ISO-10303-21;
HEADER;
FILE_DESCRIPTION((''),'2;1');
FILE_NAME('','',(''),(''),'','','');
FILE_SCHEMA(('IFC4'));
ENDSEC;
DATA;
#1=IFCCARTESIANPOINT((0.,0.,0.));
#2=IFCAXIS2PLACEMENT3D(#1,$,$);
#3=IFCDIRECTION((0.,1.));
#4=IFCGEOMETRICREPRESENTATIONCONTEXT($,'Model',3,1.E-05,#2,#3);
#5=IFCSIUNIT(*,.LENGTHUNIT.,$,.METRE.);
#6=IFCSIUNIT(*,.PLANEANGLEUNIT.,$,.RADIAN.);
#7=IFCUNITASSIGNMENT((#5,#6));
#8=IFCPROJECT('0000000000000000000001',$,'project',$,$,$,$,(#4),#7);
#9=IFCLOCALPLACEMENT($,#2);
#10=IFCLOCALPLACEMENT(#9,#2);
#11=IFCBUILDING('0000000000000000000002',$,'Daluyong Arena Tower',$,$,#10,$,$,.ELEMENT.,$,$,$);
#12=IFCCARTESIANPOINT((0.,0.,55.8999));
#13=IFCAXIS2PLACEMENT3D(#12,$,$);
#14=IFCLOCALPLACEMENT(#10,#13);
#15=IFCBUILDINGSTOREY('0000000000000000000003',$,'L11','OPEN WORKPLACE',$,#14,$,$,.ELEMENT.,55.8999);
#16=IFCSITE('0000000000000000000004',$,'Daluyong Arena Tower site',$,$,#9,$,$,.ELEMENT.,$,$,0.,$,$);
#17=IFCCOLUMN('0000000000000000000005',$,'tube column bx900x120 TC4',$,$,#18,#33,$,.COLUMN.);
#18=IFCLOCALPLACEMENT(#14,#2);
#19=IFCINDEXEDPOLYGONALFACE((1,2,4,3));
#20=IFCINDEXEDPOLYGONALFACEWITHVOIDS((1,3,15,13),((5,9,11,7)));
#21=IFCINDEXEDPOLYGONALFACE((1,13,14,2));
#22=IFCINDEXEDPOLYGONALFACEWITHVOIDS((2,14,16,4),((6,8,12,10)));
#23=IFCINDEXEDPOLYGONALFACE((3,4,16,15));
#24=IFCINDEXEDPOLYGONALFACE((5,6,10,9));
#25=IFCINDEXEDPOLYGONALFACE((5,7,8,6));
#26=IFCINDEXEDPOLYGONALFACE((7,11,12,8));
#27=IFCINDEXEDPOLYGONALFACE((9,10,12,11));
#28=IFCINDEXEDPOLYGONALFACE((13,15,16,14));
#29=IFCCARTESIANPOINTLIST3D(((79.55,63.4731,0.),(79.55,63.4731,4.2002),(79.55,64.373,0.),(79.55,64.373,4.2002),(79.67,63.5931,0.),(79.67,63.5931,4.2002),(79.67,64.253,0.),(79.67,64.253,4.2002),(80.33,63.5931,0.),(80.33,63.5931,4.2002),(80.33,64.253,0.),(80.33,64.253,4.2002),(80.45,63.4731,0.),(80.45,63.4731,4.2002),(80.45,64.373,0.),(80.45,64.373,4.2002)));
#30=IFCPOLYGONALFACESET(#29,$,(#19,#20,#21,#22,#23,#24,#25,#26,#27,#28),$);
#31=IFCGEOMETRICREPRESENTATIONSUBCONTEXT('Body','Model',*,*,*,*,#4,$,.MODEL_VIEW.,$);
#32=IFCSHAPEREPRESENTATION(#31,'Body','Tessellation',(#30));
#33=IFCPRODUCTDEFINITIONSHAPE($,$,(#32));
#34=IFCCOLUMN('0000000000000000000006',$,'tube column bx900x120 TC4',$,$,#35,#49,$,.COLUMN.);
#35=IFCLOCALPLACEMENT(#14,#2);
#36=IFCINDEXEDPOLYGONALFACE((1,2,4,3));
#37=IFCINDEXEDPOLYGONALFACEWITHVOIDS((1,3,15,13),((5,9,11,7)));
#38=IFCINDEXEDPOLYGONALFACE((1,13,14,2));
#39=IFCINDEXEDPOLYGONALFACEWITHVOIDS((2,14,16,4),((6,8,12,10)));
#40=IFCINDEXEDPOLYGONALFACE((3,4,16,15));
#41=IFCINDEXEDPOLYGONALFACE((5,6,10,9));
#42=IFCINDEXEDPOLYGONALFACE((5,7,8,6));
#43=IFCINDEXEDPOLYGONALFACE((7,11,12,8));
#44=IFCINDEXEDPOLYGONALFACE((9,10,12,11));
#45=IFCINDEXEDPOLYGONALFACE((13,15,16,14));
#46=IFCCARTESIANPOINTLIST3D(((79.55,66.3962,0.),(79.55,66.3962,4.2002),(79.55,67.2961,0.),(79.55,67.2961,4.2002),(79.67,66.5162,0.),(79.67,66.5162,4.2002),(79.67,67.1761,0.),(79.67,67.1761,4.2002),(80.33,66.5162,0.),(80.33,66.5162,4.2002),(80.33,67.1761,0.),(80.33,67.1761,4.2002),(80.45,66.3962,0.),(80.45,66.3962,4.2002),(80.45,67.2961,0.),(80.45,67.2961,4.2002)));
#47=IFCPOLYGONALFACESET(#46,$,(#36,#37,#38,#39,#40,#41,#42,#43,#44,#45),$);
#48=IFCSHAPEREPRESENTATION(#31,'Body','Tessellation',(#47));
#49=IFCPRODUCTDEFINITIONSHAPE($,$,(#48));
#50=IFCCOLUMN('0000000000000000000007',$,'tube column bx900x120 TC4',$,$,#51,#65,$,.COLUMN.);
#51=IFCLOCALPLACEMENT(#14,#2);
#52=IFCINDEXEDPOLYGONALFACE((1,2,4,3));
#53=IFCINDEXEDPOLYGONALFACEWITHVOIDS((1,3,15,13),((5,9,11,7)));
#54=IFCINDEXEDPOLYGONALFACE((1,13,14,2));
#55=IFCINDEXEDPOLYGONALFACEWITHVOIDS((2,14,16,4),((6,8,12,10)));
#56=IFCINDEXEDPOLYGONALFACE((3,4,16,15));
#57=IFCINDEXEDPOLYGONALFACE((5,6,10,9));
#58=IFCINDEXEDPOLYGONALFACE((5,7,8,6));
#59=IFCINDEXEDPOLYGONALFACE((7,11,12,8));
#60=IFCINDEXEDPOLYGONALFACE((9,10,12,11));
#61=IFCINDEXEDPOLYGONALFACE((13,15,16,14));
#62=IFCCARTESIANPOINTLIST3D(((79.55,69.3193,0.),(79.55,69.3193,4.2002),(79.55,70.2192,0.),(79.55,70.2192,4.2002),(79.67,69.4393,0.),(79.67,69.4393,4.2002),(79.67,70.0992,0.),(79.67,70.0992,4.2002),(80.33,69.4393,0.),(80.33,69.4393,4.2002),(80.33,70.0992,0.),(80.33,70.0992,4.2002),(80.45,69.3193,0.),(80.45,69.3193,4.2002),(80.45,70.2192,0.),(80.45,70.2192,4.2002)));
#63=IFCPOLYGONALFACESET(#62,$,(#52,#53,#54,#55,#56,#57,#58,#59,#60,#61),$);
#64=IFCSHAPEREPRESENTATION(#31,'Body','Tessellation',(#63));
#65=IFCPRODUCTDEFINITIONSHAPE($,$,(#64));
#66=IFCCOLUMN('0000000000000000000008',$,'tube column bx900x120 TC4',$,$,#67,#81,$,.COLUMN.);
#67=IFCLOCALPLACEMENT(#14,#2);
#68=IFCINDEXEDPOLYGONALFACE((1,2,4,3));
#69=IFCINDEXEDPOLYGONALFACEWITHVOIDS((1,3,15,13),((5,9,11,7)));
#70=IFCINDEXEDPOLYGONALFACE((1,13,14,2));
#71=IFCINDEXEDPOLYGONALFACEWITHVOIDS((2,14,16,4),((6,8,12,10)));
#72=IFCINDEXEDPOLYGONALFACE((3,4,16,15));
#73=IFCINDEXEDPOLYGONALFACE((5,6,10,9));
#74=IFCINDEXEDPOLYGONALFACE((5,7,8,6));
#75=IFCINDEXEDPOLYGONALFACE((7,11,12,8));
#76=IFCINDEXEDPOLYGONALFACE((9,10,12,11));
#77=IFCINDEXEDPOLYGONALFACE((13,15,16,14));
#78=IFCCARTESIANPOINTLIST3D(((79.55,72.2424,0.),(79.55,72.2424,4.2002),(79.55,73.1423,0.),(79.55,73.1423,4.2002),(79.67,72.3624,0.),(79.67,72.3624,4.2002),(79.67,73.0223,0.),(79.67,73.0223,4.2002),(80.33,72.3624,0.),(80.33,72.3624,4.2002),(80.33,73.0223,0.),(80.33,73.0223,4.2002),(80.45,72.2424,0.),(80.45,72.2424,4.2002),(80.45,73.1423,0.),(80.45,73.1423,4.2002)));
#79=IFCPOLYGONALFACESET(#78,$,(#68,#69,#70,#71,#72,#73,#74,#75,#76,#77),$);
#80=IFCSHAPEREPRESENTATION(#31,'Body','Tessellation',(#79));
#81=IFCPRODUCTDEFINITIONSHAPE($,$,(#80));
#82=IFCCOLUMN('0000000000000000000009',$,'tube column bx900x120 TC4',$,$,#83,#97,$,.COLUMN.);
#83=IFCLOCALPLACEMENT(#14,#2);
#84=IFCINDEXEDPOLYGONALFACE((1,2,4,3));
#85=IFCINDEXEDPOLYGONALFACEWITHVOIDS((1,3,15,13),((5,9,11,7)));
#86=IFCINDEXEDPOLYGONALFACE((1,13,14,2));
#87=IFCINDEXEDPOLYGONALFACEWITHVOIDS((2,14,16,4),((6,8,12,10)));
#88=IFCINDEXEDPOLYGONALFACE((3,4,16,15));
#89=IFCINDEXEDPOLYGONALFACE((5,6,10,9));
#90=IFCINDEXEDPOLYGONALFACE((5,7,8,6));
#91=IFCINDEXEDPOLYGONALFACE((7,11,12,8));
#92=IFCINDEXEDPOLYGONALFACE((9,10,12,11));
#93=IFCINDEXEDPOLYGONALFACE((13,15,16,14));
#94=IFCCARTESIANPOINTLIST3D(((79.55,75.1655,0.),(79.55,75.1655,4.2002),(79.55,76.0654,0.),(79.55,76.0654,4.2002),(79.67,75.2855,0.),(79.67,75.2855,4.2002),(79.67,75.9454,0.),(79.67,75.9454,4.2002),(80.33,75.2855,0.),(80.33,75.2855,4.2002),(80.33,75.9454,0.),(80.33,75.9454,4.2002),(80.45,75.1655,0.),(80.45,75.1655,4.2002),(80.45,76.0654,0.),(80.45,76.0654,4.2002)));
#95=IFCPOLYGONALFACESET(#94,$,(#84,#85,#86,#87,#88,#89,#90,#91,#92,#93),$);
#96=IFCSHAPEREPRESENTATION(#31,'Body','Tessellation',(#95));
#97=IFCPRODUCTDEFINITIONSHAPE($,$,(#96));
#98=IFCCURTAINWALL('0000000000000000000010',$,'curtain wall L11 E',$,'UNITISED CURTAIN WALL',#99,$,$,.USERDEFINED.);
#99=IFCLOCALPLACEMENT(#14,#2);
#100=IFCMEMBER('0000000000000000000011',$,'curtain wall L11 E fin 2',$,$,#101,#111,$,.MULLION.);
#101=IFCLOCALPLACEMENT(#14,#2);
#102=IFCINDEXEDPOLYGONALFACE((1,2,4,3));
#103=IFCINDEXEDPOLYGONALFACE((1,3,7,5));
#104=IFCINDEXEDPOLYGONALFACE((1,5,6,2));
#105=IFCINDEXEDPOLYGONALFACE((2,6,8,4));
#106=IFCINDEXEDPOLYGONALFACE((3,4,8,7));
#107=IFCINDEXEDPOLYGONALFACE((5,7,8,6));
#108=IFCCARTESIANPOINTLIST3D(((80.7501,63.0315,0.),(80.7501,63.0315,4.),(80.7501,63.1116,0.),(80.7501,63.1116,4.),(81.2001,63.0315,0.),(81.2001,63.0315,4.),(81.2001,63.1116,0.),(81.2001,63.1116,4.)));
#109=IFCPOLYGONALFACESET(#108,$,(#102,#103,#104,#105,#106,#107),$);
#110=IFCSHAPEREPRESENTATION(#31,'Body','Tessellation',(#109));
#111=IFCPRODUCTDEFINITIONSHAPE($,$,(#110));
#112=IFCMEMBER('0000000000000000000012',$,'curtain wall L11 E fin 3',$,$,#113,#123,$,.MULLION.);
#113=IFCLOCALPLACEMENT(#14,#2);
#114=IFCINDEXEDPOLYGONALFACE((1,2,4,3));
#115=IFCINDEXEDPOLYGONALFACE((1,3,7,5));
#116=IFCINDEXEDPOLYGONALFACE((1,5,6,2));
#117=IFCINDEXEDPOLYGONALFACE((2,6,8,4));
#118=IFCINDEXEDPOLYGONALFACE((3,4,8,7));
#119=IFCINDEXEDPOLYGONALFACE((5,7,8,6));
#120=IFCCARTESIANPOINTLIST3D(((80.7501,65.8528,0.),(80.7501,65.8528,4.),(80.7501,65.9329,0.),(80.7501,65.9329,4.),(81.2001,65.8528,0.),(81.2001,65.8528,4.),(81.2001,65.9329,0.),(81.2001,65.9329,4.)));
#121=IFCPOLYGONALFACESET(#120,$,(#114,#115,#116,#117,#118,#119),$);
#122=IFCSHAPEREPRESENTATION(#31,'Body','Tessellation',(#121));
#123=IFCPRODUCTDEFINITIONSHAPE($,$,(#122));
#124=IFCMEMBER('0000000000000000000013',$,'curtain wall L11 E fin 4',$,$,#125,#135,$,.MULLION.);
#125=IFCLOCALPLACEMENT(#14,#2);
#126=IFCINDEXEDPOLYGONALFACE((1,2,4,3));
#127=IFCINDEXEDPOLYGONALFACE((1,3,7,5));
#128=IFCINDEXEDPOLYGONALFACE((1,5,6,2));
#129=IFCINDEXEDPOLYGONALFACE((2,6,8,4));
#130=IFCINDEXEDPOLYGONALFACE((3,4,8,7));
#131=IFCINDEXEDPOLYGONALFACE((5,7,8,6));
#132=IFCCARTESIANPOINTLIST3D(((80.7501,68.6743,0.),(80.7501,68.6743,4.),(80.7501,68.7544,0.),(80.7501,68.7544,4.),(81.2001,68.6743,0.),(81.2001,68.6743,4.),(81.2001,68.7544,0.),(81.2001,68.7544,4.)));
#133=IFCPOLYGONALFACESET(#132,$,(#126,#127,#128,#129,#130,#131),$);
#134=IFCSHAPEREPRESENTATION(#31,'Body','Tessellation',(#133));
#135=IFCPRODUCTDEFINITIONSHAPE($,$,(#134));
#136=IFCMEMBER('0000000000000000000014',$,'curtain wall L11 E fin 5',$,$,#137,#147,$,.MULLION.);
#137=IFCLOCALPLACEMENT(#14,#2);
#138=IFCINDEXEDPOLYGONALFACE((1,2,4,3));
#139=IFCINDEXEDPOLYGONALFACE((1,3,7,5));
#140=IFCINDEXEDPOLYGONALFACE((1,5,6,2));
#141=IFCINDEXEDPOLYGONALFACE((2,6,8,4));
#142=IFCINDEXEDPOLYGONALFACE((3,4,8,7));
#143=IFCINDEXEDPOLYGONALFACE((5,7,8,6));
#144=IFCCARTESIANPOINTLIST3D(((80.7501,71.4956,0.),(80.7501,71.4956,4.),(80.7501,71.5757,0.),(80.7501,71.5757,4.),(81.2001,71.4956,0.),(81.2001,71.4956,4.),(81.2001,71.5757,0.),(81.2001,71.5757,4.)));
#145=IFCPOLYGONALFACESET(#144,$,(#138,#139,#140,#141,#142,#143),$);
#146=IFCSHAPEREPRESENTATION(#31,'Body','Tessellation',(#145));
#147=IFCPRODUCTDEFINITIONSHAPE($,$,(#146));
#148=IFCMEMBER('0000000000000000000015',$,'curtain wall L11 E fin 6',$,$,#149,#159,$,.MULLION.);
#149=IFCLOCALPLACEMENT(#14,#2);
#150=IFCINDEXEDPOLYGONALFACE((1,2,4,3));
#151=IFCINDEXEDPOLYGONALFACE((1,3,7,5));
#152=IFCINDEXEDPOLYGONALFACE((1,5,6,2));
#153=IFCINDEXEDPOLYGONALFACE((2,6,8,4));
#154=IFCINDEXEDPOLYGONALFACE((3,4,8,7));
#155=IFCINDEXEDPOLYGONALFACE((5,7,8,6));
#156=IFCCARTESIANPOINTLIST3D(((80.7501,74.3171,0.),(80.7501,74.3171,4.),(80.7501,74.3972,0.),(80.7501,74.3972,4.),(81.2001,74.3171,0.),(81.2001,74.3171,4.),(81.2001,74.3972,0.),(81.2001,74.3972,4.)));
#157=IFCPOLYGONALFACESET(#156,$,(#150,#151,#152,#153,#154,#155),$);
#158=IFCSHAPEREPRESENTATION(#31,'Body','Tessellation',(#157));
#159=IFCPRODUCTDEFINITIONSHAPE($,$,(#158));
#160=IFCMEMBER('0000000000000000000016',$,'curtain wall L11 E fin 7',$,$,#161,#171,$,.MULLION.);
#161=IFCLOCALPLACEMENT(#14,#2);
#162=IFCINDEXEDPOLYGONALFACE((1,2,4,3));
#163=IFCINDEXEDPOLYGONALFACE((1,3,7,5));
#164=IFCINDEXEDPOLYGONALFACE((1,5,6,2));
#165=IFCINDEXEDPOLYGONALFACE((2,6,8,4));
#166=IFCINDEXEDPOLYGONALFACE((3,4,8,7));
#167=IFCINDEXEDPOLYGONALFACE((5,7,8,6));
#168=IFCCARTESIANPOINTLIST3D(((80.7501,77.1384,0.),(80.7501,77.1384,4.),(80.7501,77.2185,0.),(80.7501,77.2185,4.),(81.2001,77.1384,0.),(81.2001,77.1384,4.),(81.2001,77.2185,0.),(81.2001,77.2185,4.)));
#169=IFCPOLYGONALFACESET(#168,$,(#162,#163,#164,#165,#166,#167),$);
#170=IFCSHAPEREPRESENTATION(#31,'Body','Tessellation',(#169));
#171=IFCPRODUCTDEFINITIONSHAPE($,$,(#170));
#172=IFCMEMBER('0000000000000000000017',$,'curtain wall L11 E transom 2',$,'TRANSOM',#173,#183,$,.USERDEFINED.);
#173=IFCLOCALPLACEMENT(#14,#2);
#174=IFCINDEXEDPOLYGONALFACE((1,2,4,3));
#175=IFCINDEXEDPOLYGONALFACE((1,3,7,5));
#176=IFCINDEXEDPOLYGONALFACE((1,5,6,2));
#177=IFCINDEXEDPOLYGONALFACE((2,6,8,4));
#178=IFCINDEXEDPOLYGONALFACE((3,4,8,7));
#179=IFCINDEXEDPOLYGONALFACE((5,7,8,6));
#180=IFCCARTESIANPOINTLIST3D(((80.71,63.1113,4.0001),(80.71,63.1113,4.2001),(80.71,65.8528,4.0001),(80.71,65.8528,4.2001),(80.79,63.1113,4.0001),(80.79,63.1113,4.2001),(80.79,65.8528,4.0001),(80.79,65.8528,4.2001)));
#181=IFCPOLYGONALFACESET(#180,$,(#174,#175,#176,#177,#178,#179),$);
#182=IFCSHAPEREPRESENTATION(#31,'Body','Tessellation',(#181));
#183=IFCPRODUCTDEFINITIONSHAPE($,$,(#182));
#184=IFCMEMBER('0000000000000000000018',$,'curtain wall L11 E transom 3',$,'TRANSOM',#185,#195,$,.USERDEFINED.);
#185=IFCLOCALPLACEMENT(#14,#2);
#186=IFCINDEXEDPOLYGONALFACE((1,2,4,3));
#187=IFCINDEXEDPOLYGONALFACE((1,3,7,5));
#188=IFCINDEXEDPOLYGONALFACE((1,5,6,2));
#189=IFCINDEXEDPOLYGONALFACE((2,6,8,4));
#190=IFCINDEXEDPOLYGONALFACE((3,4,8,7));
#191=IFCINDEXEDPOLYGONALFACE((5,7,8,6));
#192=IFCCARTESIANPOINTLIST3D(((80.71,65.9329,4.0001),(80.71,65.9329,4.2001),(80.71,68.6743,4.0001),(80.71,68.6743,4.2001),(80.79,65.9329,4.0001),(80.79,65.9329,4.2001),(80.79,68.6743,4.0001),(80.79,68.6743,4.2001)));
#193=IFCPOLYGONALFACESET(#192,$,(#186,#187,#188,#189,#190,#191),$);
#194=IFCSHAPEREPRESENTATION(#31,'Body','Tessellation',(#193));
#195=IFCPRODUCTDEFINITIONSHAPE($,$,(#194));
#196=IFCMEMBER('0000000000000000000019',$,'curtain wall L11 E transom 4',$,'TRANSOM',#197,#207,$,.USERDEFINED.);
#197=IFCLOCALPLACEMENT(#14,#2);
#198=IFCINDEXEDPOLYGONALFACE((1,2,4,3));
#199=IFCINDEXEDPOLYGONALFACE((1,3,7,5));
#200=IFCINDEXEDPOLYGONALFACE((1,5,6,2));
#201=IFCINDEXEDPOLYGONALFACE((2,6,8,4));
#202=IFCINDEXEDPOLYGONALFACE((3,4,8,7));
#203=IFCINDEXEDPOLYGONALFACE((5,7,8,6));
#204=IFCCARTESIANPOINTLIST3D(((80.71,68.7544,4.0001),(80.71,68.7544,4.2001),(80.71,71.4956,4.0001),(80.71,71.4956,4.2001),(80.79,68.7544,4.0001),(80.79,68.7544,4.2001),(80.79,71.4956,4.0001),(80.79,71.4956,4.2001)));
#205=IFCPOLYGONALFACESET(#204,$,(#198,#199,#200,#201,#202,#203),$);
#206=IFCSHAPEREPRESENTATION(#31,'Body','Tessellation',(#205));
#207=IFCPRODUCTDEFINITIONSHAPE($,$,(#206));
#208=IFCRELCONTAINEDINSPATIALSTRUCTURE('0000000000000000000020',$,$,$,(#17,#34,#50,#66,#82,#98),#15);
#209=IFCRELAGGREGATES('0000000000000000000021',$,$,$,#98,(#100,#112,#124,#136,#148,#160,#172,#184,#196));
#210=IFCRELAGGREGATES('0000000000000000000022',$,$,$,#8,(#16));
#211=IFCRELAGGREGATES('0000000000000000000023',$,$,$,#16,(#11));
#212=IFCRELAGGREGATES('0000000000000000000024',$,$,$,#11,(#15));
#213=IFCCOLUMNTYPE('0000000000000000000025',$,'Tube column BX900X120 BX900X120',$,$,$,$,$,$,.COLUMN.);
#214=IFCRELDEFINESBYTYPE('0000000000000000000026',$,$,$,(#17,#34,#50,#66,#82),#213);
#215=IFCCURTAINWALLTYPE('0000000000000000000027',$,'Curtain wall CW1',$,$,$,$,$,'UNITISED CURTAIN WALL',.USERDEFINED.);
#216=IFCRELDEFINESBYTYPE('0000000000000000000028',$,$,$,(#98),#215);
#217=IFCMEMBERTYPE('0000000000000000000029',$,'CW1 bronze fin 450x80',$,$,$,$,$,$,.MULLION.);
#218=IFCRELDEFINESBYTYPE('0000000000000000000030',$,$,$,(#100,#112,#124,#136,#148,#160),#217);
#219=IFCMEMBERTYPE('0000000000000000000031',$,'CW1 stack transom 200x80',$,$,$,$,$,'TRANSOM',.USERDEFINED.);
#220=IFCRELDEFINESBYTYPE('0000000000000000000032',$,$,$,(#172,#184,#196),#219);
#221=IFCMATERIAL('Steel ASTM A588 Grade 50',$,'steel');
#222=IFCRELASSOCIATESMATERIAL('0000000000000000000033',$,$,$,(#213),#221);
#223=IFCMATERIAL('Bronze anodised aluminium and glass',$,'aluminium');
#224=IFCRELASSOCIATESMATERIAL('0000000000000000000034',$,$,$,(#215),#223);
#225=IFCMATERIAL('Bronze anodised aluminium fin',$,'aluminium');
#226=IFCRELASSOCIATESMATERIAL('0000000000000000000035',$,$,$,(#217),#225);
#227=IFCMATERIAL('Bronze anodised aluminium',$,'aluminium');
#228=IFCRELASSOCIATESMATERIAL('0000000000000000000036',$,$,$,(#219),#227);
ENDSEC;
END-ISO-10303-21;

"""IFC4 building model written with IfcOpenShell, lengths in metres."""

from ifc_helpers import new_model, si_unit, direction, frame, origin, origin_2d, place, context, subcontext, project, spatial, rectangle, hollow_rectangle, extrude, material, material_profile, profile_set, type_object, element, aggregate, save


model = new_model("IFC4")

# Units and contexts
model_context = context("Model", 3, precision=1e-05, world=origin(), true_north=direction((0.0, 1.0)))
body_context = subcontext(model_context, "Body", "Model", "MODEL_VIEW")
ifc_project = project(units=[si_unit("LENGTHUNIT", "METRE"), si_unit("PLANEANGLEUNIT", "RADIAN")], contexts=[model_context])

# Site, building, storey
site_placement = place(None, origin())
site = spatial("IfcSite", under=ifc_project, at=site_placement, Name="Daluyong Arena Tower site", CompositionType="ELEMENT", RefElevation=0.0)
building_placement = place(site_placement, origin())
building = spatial("IfcBuilding", under=site, at=building_placement, Name="Daluyong Arena Tower", CompositionType="ELEMENT")
storey_placement = place(building_placement, frame((0.0, 0.0, 55.8999)))
storey = spatial("IfcBuildingStorey", under=building, at=storey_placement, Name="L11", Description="OPEN WORKPLACE", CompositionType="ELEMENT", Elevation=55.8999)

# Columns
ifc_material_1 = material(Name="Steel ASTM A588 Grade 50", Category="steel")
ifc_material_profile_1 = material_profile(ifc_material_1, hollow_rectangle(XDim=0.8999, YDim=0.8999, WallThickness=0.12, at=origin_2d()))
ifc_profile_set_1 = profile_set([ifc_material_profile_1], Name="Steel ASTM A588 Grade 50")
column_type = type_object("IfcColumnType", Name="Tube column BX900X120 BX900X120", PredefinedType="COLUMN", material=ifc_profile_set_1)
for number, where, z_axis, x_axis, name in (
    (1, (80.0, 63.9231, 0.0), (0.0, 0.0, 1.0), (0.0, 1.0, 0.0), "tube column bx900x120 TC4"),
    (2, (80.0, 66.8462, 0.0), (0.0, 0.0, 1.0), (0.0, 1.0, 0.0), "tube column bx900x120 TC4"),
    (3, (80.0, 69.7693, 0.0), (0.0, 0.0, 1.0), (0.0, 1.0, 0.0), "tube column bx900x120 TC4"),
    (4, (80.0, 72.6924, 0.0), (0.0, 0.0, 1.0), (0.0, 1.0, 0.0), "tube column bx900x120 TC4"),
    (5, (80.0, 75.6155, 0.0), (0.0, 0.0, 1.0), (0.0, 1.0, 0.0), "tube column bx900x120 TC4"),
):
    element("IfcColumn", number, at=place(storey_placement, frame(where, z_axis=z_axis, x_axis=x_axis)), inside=storey, type_object=column_type, Name=name, PredefinedType="COLUMN", context=body_context, shape_type="SweptSolid", body=[
        extrude(hollow_rectangle(XDim=0.8999, YDim=0.8999, WallThickness=0.12, at=origin_2d()), origin(), (0.0, 0.0, 1.0), 4.2002),
    ])

# Curtain wall, members
ifc_material_2 = material(Name="Bronze anodised aluminium and glass", Category="aluminium")
curtain_wall_type = type_object("IfcCurtainWallType", Name="Curtain wall CW1", ElementType="UNITISED CURTAIN WALL", PredefinedType="USERDEFINED", material=ifc_material_2)
curtain_wall_placement = place(storey_placement, origin())
curtain_wall = element("IfcCurtainWall", 6, at=curtain_wall_placement, inside=storey, type_object=curtain_wall_type, Name="curtain wall L11 E", ObjectType="UNITISED CURTAIN WALL", PredefinedType="USERDEFINED")
ifc_material_3 = material(Name="Bronze anodised aluminium fin", Category="aluminium")
ifc_material_profile_2 = material_profile(ifc_material_3, rectangle(XDim=0.45, YDim=0.0801, at=origin_2d()))
ifc_profile_set_2 = profile_set([ifc_material_profile_2], Name="Bronze anodised aluminium fin")
member_type_1 = type_object("IfcMemberType", Name="CW1 bronze fin 450x80", PredefinedType="MULLION", material=ifc_profile_set_2)
member_1_placement = place(storey_placement, frame((80.9751, 63.0715, 0.0), z_axis=(0.0, 0.0, 1.0), x_axis=(-1.0, 0.0, 0.0)))
member_1 = element("IfcMember", 7, at=member_1_placement, type_object=member_type_1, Name="curtain wall L11 E fin 2", PredefinedType="MULLION", context=body_context, shape_type="SweptSolid", body=[
    extrude(rectangle(XDim=0.45, YDim=0.0801, at=origin_2d()), origin(), (0.0, 0.0, 1.0), 4.0),
])
member_2_placement = place(storey_placement, frame((80.9751, 65.8928, 0.0), z_axis=(0.0, 0.0, 1.0), x_axis=(-1.0, 0.0, 0.0)))
member_2 = element("IfcMember", 8, at=member_2_placement, type_object=member_type_1, Name="curtain wall L11 E fin 3", PredefinedType="MULLION", context=body_context, shape_type="SweptSolid", body=[
    extrude(rectangle(XDim=0.45, YDim=0.0801, at=origin_2d()), origin(), (0.0, 0.0, 1.0), 4.0),
])
member_3_placement = place(storey_placement, frame((80.9751, 68.7144, 0.0), z_axis=(0.0, 0.0, 1.0), x_axis=(-1.0, 0.0, 0.0)))
member_3 = element("IfcMember", 9, at=member_3_placement, type_object=member_type_1, Name="curtain wall L11 E fin 4", PredefinedType="MULLION", context=body_context, shape_type="SweptSolid", body=[
    extrude(rectangle(XDim=0.45, YDim=0.0801, at=origin_2d()), origin(), (0.0, 0.0, 1.0), 4.0),
])
member_4_placement = place(storey_placement, frame((80.9751, 71.5356, 0.0), z_axis=(0.0, 0.0, 1.0), x_axis=(-1.0, 0.0, 0.0)))
member_4 = element("IfcMember", 10, at=member_4_placement, type_object=member_type_1, Name="curtain wall L11 E fin 5", PredefinedType="MULLION", context=body_context, shape_type="SweptSolid", body=[
    extrude(rectangle(XDim=0.45, YDim=0.0801, at=origin_2d()), origin(), (0.0, 0.0, 1.0), 4.0),
])
member_5_placement = place(storey_placement, frame((80.9751, 74.3572, 0.0), z_axis=(0.0, 0.0, 1.0), x_axis=(-1.0, 0.0, 0.0)))
member_5 = element("IfcMember", 11, at=member_5_placement, type_object=member_type_1, Name="curtain wall L11 E fin 6", PredefinedType="MULLION", context=body_context, shape_type="SweptSolid", body=[
    extrude(rectangle(XDim=0.45, YDim=0.0801, at=origin_2d()), origin(), (0.0, 0.0, 1.0), 4.0),
])
member_6_placement = place(storey_placement, frame((80.9751, 77.1785, 0.0), z_axis=(0.0, 0.0, 1.0), x_axis=(-1.0, 0.0, 0.0)))
member_6 = element("IfcMember", 12, at=member_6_placement, type_object=member_type_1, Name="curtain wall L11 E fin 7", PredefinedType="MULLION", context=body_context, shape_type="SweptSolid", body=[
    extrude(rectangle(XDim=0.45, YDim=0.0801, at=origin_2d()), origin(), (0.0, 0.0, 1.0), 4.0),
])
ifc_material_4 = material(Name="Bronze anodised aluminium", Category="aluminium")
ifc_material_profile_3 = material_profile(ifc_material_4, rectangle(XDim=0.0801, YDim=0.2, at=origin_2d()))
ifc_profile_set_3 = profile_set([ifc_material_profile_3], Name="Bronze anodised aluminium")
member_type_2 = type_object("IfcMemberType", Name="CW1 stack transom 200x80", ElementType="TRANSOM", PredefinedType="USERDEFINED", material=ifc_profile_set_3)
member_7_placement = place(storey_placement, frame((80.75, 63.1113, 4.1001), z_axis=(0.0, 1.0, 0.0), x_axis=(-1.0, 0.0, 0.0)))
member_7 = element("IfcMember", 13, at=member_7_placement, type_object=member_type_2, Name="curtain wall L11 E transom 2", ObjectType="TRANSOM", PredefinedType="USERDEFINED", context=body_context, shape_type="SweptSolid", body=[
    extrude(rectangle(XDim=0.0801, YDim=0.2, at=origin_2d()), origin(), (0.0, 0.0, 1.0), 2.7415),
])
member_8_placement = place(storey_placement, frame((80.75, 65.9329, 4.1001), z_axis=(0.0, 1.0, 0.0), x_axis=(-1.0, 0.0, 0.0)))
member_8 = element("IfcMember", 14, at=member_8_placement, type_object=member_type_2, Name="curtain wall L11 E transom 3", ObjectType="TRANSOM", PredefinedType="USERDEFINED", context=body_context, shape_type="SweptSolid", body=[
    extrude(rectangle(XDim=0.0801, YDim=0.2, at=origin_2d()), origin(), (0.0, 0.0, 1.0), 2.7415),
])
member_9_placement = place(storey_placement, frame((80.75, 68.7544, 4.1001), z_axis=(0.0, 1.0, 0.0), x_axis=(-1.0, 0.0, 0.0)))
member_9 = element("IfcMember", 15, at=member_9_placement, type_object=member_type_2, Name="curtain wall L11 E transom 4", ObjectType="TRANSOM", PredefinedType="USERDEFINED", context=body_context, shape_type="SweptSolid", body=[
    extrude(rectangle(XDim=0.0801, YDim=0.2, at=origin_2d()), origin(), (0.0, 0.0, 1.0), 2.7412),
])

aggregate(curtain_wall, [member_1, member_2, member_3, member_4, member_5, member_6, member_7, member_8, member_9])

save(model, "model.ifc")
